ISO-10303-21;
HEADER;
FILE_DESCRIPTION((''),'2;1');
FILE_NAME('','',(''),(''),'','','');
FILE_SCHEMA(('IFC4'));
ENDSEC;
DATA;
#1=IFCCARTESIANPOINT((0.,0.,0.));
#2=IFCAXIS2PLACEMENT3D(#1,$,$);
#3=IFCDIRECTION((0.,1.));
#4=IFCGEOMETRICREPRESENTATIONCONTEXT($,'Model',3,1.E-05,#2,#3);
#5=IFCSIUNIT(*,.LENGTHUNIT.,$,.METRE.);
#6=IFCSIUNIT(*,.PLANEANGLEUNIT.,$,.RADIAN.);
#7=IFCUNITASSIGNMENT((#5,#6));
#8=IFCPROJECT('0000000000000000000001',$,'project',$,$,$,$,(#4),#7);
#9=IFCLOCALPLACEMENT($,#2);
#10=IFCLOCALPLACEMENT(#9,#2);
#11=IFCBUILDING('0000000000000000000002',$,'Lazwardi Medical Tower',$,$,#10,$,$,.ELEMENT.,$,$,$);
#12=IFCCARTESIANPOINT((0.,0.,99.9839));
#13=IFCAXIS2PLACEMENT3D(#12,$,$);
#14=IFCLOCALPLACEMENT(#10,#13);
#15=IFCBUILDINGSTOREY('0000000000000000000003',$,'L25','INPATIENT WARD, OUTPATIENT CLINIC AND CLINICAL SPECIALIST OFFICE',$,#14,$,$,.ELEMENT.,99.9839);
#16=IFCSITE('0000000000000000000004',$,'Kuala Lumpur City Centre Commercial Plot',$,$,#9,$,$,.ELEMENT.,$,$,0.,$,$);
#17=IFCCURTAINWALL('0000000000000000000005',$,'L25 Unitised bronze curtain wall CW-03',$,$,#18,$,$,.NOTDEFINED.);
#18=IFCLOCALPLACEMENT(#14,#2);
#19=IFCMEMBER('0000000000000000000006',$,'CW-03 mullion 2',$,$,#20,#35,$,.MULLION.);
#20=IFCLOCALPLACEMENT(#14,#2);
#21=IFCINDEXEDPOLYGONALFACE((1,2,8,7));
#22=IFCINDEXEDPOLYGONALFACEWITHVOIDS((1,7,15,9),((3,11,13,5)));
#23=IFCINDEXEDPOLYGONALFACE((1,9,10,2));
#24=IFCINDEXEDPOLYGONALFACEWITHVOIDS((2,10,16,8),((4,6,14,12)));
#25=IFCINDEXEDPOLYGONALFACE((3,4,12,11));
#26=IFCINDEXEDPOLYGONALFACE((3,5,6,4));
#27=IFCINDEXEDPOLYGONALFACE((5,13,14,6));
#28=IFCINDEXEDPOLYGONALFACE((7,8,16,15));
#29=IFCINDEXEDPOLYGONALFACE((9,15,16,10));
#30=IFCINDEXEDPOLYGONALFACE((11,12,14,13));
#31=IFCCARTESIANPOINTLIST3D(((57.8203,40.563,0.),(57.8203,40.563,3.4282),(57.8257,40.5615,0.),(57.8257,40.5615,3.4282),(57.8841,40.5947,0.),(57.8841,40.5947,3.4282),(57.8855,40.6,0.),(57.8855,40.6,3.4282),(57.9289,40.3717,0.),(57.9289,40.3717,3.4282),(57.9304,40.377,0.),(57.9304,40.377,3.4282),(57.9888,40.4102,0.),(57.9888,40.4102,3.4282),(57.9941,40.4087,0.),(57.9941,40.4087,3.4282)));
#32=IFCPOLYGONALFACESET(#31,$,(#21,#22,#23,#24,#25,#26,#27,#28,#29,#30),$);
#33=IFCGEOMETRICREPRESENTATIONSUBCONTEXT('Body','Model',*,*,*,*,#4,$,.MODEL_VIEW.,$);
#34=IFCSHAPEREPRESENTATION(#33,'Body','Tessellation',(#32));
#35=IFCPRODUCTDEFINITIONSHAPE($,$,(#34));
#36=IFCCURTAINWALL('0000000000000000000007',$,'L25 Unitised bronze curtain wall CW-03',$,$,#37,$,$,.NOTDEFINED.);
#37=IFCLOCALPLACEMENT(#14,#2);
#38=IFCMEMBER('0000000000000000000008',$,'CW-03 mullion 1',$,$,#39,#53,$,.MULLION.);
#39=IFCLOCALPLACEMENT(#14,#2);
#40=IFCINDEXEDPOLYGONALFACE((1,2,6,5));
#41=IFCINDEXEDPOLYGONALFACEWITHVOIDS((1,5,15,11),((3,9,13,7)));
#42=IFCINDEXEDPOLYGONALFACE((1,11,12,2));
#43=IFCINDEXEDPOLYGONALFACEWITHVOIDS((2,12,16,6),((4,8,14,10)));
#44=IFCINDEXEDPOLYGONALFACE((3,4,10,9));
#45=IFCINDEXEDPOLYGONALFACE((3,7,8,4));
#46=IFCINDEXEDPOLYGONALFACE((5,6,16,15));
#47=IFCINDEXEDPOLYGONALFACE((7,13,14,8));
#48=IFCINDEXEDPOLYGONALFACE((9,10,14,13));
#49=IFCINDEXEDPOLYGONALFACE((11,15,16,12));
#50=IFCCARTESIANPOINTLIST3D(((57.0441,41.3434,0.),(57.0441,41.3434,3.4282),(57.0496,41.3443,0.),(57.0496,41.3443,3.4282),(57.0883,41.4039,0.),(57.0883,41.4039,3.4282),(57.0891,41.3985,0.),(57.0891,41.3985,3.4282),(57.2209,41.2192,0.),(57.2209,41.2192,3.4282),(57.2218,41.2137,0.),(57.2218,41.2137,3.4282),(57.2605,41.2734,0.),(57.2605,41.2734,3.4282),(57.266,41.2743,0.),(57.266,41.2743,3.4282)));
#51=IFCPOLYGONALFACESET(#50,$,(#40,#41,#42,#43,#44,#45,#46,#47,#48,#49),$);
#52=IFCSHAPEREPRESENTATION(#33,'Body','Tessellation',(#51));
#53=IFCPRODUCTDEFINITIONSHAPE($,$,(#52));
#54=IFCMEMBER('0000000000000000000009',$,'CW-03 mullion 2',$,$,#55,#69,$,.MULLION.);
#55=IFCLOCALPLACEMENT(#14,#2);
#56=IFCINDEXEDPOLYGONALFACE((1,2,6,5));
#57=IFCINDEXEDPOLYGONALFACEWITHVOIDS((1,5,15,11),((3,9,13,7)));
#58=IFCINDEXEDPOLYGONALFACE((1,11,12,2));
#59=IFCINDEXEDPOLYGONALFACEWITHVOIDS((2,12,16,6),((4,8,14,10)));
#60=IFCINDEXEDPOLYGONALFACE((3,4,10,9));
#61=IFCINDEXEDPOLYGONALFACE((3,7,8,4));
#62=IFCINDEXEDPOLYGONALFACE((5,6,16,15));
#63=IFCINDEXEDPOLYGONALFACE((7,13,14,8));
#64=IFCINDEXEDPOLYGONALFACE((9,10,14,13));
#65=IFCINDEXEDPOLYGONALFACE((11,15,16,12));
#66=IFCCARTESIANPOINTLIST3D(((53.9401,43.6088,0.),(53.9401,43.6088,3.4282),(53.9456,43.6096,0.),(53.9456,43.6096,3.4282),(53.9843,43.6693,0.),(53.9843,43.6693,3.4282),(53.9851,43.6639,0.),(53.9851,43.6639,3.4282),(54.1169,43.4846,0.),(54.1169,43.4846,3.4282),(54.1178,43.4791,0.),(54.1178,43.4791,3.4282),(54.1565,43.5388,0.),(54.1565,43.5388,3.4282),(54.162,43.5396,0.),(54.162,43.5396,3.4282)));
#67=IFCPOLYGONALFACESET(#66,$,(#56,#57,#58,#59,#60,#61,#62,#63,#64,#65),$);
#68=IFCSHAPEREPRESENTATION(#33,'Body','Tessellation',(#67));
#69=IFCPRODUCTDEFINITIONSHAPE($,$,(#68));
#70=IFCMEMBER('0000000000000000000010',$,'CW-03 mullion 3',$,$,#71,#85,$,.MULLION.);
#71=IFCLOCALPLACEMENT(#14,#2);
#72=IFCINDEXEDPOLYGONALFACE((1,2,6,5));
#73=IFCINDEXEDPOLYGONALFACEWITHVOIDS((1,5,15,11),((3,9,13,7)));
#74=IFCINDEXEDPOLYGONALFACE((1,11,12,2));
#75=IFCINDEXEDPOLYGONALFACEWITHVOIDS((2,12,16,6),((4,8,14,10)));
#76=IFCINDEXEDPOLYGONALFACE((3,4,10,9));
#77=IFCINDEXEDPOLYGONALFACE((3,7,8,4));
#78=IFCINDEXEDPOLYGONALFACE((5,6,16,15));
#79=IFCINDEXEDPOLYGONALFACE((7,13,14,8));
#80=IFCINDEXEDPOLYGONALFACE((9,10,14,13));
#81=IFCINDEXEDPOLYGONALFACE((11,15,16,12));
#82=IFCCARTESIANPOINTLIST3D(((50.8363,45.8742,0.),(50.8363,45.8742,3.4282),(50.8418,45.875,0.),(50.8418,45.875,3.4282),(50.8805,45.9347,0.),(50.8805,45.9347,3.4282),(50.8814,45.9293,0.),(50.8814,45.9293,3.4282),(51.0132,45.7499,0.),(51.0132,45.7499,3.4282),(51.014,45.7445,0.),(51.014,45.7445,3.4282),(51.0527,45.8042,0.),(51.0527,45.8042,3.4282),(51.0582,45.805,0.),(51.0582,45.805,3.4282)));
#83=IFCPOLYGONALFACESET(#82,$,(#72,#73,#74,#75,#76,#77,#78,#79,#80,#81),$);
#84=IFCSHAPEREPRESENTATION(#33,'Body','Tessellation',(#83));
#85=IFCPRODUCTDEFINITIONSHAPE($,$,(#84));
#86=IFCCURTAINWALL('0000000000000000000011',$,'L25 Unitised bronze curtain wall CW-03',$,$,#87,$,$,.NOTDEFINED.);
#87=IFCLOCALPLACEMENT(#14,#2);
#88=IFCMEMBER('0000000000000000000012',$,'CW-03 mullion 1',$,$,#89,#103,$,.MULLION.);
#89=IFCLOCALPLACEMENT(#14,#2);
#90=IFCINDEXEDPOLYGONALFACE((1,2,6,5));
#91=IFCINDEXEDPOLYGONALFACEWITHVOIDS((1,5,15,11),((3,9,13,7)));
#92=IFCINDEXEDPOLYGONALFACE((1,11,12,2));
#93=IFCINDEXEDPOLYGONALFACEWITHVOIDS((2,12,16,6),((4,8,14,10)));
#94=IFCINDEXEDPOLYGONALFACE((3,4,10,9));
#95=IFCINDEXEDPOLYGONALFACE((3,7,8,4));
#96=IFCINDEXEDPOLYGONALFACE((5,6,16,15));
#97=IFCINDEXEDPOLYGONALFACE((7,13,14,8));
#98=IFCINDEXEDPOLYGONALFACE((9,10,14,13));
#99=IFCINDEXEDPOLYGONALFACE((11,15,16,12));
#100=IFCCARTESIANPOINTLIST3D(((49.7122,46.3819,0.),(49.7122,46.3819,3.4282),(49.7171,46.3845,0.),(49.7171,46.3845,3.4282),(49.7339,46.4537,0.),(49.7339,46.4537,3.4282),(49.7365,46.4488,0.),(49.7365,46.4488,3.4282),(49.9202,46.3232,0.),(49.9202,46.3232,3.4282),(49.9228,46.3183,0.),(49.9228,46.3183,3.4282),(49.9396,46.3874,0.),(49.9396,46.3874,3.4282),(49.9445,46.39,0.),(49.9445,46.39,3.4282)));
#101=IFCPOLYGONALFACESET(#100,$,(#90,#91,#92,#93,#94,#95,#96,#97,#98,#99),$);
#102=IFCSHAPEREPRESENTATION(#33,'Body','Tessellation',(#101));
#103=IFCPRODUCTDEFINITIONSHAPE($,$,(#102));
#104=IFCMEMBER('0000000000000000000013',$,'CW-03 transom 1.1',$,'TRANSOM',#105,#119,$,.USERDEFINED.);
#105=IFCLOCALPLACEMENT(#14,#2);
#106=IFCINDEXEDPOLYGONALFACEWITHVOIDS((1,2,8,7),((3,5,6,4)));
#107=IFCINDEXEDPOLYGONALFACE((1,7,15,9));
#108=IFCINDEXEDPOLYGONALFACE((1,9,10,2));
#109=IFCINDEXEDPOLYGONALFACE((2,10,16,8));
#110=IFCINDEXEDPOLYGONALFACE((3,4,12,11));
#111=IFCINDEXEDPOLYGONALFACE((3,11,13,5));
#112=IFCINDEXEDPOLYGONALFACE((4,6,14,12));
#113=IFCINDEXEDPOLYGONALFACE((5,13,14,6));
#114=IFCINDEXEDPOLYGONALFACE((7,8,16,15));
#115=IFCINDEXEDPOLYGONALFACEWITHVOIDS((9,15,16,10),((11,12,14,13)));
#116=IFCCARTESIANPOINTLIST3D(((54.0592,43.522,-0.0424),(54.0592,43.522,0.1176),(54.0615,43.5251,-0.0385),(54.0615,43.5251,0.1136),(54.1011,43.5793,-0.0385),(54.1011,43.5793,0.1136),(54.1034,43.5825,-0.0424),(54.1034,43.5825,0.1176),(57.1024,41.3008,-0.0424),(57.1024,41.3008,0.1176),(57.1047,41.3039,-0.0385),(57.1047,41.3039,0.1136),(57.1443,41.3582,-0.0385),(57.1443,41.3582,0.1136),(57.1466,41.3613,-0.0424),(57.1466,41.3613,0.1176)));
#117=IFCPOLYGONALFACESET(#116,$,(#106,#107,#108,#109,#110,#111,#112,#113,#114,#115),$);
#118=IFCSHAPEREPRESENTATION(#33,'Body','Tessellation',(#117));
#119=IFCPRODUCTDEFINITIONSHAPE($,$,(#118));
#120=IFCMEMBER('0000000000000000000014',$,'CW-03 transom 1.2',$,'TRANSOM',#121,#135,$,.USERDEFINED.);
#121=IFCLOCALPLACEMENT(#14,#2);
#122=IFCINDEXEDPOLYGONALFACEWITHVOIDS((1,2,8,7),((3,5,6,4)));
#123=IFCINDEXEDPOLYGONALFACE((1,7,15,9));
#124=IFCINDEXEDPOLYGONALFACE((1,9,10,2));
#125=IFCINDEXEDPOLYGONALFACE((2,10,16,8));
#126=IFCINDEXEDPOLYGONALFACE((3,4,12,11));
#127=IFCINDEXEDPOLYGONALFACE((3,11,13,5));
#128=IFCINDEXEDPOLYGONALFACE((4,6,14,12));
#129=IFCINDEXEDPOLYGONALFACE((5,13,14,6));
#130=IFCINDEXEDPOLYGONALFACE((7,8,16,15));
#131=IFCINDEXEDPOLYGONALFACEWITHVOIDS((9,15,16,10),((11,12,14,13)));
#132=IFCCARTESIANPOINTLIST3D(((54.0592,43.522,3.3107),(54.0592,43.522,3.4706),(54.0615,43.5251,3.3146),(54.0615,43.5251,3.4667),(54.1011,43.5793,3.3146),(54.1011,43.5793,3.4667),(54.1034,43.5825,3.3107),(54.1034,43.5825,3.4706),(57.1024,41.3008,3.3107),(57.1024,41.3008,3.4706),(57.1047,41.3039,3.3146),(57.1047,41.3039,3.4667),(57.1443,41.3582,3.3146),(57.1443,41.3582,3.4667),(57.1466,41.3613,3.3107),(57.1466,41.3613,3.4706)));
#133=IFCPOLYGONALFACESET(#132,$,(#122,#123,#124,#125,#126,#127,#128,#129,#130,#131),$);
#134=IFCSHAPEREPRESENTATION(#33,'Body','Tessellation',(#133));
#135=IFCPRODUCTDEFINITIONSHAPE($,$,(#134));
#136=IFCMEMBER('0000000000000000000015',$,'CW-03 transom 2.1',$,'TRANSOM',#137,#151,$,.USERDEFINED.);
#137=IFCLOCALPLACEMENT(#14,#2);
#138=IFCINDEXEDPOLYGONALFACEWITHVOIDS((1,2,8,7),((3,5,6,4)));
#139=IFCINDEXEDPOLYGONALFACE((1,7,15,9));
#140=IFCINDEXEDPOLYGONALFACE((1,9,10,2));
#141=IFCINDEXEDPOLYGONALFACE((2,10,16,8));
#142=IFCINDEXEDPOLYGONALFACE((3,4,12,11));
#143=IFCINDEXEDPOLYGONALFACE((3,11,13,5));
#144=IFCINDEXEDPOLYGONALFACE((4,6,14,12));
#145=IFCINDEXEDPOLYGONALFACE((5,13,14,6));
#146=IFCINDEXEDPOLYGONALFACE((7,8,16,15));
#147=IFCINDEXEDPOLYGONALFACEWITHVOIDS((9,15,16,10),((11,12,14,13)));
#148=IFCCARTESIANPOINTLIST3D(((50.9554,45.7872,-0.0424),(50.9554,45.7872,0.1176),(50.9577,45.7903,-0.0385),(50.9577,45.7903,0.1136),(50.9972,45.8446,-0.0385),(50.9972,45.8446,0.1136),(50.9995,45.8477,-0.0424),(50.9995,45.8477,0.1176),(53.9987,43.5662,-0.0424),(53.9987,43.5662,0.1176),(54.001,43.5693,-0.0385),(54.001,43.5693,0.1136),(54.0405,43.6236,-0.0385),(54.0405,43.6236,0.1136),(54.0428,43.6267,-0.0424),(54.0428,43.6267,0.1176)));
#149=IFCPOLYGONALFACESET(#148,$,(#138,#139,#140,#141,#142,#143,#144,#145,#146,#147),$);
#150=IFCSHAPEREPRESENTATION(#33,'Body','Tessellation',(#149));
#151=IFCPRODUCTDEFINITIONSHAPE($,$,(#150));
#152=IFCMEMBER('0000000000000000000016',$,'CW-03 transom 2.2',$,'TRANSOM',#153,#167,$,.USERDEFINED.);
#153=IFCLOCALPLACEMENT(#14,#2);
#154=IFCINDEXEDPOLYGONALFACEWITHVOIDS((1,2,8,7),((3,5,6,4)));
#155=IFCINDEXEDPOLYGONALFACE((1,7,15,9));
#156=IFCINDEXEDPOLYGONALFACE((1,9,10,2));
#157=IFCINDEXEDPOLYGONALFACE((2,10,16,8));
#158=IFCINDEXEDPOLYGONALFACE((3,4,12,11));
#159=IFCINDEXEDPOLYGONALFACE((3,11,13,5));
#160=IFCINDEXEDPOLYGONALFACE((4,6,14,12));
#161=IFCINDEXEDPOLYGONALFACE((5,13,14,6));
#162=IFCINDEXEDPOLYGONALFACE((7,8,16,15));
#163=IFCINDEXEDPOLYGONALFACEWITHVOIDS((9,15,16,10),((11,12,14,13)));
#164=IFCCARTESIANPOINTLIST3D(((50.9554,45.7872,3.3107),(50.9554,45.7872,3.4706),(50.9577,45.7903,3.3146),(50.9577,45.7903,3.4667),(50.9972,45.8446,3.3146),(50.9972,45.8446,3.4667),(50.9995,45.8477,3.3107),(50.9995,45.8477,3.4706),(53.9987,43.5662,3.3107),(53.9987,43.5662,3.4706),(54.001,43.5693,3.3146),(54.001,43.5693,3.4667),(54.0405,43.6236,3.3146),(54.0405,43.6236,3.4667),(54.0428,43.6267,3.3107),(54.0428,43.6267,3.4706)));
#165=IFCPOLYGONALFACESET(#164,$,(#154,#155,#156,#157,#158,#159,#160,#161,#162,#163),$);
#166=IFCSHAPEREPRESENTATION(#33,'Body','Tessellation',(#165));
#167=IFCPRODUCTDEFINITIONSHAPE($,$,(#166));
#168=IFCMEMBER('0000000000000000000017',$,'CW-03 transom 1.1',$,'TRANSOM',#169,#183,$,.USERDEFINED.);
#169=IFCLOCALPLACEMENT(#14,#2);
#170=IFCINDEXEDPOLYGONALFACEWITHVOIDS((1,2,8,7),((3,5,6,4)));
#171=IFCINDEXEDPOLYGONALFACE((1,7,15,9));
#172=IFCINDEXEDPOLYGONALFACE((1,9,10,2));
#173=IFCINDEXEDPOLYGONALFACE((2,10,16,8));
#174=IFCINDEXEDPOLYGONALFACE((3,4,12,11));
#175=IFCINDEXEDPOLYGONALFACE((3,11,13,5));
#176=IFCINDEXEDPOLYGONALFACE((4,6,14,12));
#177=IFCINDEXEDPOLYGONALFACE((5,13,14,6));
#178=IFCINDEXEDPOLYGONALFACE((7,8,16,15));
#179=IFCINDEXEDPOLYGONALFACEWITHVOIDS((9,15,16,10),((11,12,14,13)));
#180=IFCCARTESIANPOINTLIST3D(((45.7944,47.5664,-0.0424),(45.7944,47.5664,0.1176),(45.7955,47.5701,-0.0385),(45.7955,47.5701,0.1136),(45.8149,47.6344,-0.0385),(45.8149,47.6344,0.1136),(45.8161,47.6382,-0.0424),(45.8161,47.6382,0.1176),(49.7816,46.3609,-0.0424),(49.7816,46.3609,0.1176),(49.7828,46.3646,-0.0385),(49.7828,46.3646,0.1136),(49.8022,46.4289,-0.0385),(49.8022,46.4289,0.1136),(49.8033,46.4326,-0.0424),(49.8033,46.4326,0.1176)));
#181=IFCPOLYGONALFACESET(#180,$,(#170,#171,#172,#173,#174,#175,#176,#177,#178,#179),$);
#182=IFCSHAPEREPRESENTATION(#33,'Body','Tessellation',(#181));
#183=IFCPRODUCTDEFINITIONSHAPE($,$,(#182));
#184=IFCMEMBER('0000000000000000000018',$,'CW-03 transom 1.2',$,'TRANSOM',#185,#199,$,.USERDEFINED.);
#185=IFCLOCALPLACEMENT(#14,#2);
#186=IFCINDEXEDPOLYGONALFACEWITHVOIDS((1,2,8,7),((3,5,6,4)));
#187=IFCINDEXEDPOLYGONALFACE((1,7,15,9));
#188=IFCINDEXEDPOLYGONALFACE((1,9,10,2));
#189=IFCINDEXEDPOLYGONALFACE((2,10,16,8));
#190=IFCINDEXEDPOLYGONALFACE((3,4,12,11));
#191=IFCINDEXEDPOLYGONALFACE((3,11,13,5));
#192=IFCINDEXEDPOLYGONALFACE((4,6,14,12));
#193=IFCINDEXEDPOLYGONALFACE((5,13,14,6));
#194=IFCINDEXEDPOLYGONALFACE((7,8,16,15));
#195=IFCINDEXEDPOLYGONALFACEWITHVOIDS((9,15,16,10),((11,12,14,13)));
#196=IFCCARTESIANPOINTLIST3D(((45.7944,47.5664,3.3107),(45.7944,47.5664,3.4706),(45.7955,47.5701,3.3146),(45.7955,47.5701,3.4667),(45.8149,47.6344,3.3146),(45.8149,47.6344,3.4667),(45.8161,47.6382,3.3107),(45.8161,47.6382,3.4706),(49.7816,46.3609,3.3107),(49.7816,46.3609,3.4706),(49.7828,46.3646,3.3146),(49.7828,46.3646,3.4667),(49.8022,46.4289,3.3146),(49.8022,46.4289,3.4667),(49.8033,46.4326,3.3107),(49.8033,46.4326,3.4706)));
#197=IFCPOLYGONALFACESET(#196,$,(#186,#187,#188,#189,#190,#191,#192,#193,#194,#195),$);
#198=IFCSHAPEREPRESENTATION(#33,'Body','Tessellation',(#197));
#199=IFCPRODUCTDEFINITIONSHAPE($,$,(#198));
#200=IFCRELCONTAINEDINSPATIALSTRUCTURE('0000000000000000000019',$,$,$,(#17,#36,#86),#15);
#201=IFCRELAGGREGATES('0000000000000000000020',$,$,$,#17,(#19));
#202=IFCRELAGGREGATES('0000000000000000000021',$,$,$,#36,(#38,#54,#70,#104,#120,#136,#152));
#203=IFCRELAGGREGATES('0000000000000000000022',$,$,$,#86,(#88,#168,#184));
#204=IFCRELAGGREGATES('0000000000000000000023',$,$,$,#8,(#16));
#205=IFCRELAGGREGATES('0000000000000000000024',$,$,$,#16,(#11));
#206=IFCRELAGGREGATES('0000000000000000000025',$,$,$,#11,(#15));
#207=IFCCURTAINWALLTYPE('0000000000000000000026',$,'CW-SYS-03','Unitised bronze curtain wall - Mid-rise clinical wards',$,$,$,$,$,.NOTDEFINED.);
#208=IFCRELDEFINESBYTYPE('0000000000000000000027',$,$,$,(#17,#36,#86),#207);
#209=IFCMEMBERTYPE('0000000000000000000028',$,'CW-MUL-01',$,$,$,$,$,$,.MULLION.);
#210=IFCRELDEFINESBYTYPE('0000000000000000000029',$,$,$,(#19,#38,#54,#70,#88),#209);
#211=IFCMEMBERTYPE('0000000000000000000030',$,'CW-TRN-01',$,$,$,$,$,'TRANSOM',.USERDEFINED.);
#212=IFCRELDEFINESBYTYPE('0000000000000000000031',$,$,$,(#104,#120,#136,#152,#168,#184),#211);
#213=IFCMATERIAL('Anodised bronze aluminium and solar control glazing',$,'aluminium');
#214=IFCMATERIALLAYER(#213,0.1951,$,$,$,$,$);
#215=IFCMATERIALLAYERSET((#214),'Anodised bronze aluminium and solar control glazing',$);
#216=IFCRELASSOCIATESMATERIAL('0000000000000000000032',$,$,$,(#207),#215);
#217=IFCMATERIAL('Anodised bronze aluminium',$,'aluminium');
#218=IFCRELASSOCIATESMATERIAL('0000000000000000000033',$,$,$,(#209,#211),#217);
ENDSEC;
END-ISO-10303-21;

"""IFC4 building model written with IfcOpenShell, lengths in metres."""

from ifc_helpers import new_model, si_unit, direction, frame, origin, origin_2d, place, context, subcontext, project, spatial, hollow_rectangle, extrude, material, layer, layer_set, material_profile, profile_set, type_object, element, aggregate, save


model = new_model("IFC4")

# Units and contexts
model_context = context("Model", 3, precision=1e-05, world=origin(), true_north=direction((0.0, 1.0)))
body_context = subcontext(model_context, "Body", "Model", "MODEL_VIEW")
ifc_project = project(units=[si_unit("LENGTHUNIT", "METRE"), si_unit("PLANEANGLEUNIT", "RADIAN")], contexts=[model_context])

# Site, building, storey
site_placement = place(None, origin())
site = spatial("IfcSite", under=ifc_project, at=site_placement, Name="Kuala Lumpur City Centre Commercial Plot", CompositionType="ELEMENT", RefElevation=0.0)
building_placement = place(site_placement, origin())
building = spatial("IfcBuilding", under=site, at=building_placement, Name="Lazwardi Medical Tower", CompositionType="ELEMENT")
storey_placement = place(building_placement, frame((0.0, 0.0, 99.9839)))
storey = spatial("IfcBuildingStorey", under=building, at=storey_placement, Name="L25", Description="INPATIENT WARD, OUTPATIENT CLINIC AND CLINICAL SPECIALIST OFFICE", CompositionType="ELEMENT", Elevation=99.9839)

# Curtain wall, member
ifc_material_1 = material(Name="Anodised bronze aluminium and solar control glazing", Category="aluminium")
ifc_layer_1 = layer(ifc_material_1, 0.1951)
ifc_layer_set_1 = layer_set([ifc_layer_1], Name="Anodised bronze aluminium and solar control glazing")
curtain_wall_type = type_object("IfcCurtainWallType", Name="CW-SYS-03", Description="Unitised bronze curtain wall - Mid-rise clinical wards", PredefinedType="NOTDEFINED", material=ifc_layer_set_1)
curtain_wall_1_placement = place(storey_placement, origin())
curtain_wall_1 = element("IfcCurtainWall", 1, at=curtain_wall_1_placement, inside=storey, type_object=curtain_wall_type, Name="L25 Unitised bronze curtain wall CW-03", PredefinedType="NOTDEFINED")
ifc_material_2 = material(Name="Anodised bronze aluminium", Category="aluminium")
ifc_material_profile_1 = material_profile(ifc_material_2, hollow_rectangle(XDim=0.075, YDim=0.22, WallThickness=0.0039, at=origin_2d()), Name="ALU-MULLION 220x75x4")
ifc_profile_set_1 = profile_set([ifc_material_profile_1], Name="Anodised bronze aluminium")
member_type_1 = type_object("IfcMemberType", Name="CW-MUL-01", PredefinedType="MULLION", material=ifc_profile_set_1)
member_1_placement = place(storey_placement, frame((57.9072, 40.4858, 0.0), z_axis=(0.0, 0.0, 1.0), x_axis=(-0.869687, -0.493603, 0.0)))
member_1 = element("IfcMember", 2, at=member_1_placement, type_object=member_type_1, Name="CW-03 mullion 2", PredefinedType="MULLION", context=body_context, shape_type="SweptSolid", body=[
    extrude(hollow_rectangle(XDim=0.075, YDim=0.22, WallThickness=0.0039, at=origin_2d()), origin(), (0.0, 0.0, 1.0), 3.4282),
])
aggregate(curtain_wall_1, [member_1])

# Curtain wall, members
curtain_wall_2_placement = place(storey_placement, origin())
curtain_wall_2 = element("IfcCurtainWall", 3, at=curtain_wall_2_placement, inside=storey, type_object=curtain_wall_type, Name="L25 Unitised bronze curtain wall CW-03", PredefinedType="NOTDEFINED")
member_2_placement = place(storey_placement, frame((57.155, 41.3088, 0.0), z_axis=(0.0, 0.0, 1.0), x_axis=(-0.589531, -0.807746, 0.0)))
member_2 = element("IfcMember", 4, at=member_2_placement, type_object=member_type_1, Name="CW-03 mullion 1", PredefinedType="MULLION", context=body_context, shape_type="SweptSolid", body=[
    extrude(hollow_rectangle(XDim=0.075, YDim=0.22, WallThickness=0.0039, at=origin_2d()), origin(), (0.0, 0.0, 1.0), 3.4282),
])
member_3_placement = place(storey_placement, frame((54.051, 43.5742, 0.0), z_axis=(0.0, 0.0, 1.0), x_axis=(-0.589531, -0.807746, 0.0)))
member_3 = element("IfcMember", 5, at=member_3_placement, type_object=member_type_1, Name="CW-03 mullion 2", PredefinedType="MULLION", context=body_context, shape_type="SweptSolid", body=[
    extrude(hollow_rectangle(XDim=0.075, YDim=0.22, WallThickness=0.0039, at=origin_2d()), origin(), (0.0, 0.0, 1.0), 3.4282),
])
member_4_placement = place(storey_placement, frame((50.9473, 45.8396, 0.0), z_axis=(0.0, 0.0, 1.0), x_axis=(-0.589531, -0.807746, 0.0)))
member_4 = element("IfcMember", 6, at=member_4_placement, type_object=member_type_1, Name="CW-03 mullion 3", PredefinedType="MULLION", context=body_context, shape_type="SweptSolid", body=[
    extrude(hollow_rectangle(XDim=0.075, YDim=0.22, WallThickness=0.0039, at=origin_2d()), origin(), (0.0, 0.0, 1.0), 3.4282),
])

# Curtain wall, member
curtain_wall_3_placement = place(storey_placement, origin())
curtain_wall_3 = element("IfcCurtainWall", 7, at=curtain_wall_3_placement, inside=storey, type_object=curtain_wall_type, Name="L25 Unitised bronze curtain wall CW-03", PredefinedType="NOTDEFINED")
member_5_placement = place(storey_placement, frame((49.8284, 46.386, 0.0), z_axis=(0.0, 0.0, 1.0), x_axis=(-0.289374, -0.957216, 0.0)))
member_5 = element("IfcMember", 8, at=member_5_placement, type_object=member_type_1, Name="CW-03 mullion 1", PredefinedType="MULLION", context=body_context, shape_type="SweptSolid", body=[
    extrude(hollow_rectangle(XDim=0.075, YDim=0.22, WallThickness=0.0039, at=origin_2d()), origin(), (0.0, 0.0, 1.0), 3.4282),
])

# Members
ifc_material_profile_2 = material_profile(ifc_material_2, hollow_rectangle(XDim=0.075, YDim=0.1599, WallThickness=0.0039, at=origin_2d()), Name="ALU-TRANSOM 160x75x4")
ifc_profile_set_2 = profile_set([ifc_material_profile_2], Name="Anodised bronze aluminium")
member_type_2 = type_object("IfcMemberType", Name="CW-TRN-01", ElementType="TRANSOM", PredefinedType="USERDEFINED", material=ifc_profile_set_2)
member_6_placement = place(storey_placement, frame((57.1245, 41.3311, 0.0376), z_axis=(-0.807732, 0.58955, 0.0), x_axis=(-0.58955, -0.807732, 0.0)))
member_6 = element("IfcMember", 9, at=member_6_placement, type_object=member_type_2, Name="CW-03 transom 1.1", ObjectType="TRANSOM", PredefinedType="USERDEFINED", context=body_context, shape_type="SweptSolid", body=[
    extrude(hollow_rectangle(XDim=0.075, YDim=0.1599, WallThickness=0.0039, at=origin_2d()), origin(), (0.0, 0.0, 1.0), 3.7676),
])
member_7_placement = place(storey_placement, frame((57.1245, 41.3311, 3.3906), z_axis=(-0.807732, 0.58955, 0.0), x_axis=(-0.58955, -0.807732, 0.0)))
member_7 = element("IfcMember", 10, at=member_7_placement, type_object=member_type_2, Name="CW-03 transom 1.2", ObjectType="TRANSOM", PredefinedType="USERDEFINED", context=body_context, shape_type="SweptSolid", body=[
    extrude(hollow_rectangle(XDim=0.075, YDim=0.1599, WallThickness=0.0039, at=origin_2d()), origin(), (0.0, 0.0, 1.0), 3.7676),
])
member_8_placement = place(storey_placement, frame((54.0208, 43.5964, 0.0376), z_axis=(-0.807763, 0.589508, 0.0), x_axis=(-0.589508, -0.807763, 0.0)))
member_8 = element("IfcMember", 11, at=member_8_placement, type_object=member_type_2, Name="CW-03 transom 2.1", ObjectType="TRANSOM", PredefinedType="USERDEFINED", context=body_context, shape_type="SweptSolid", body=[
    extrude(hollow_rectangle(XDim=0.075, YDim=0.1599, WallThickness=0.0039, at=origin_2d()), origin(), (0.0, 0.0, 1.0), 3.7676),
])
member_9_placement = place(storey_placement, frame((54.0208, 43.5964, 3.3906), z_axis=(-0.807763, 0.589508, 0.0), x_axis=(-0.589508, -0.807763, 0.0)))
member_9 = element("IfcMember", 12, at=member_9_placement, type_object=member_type_2, Name="CW-03 transom 2.2", ObjectType="TRANSOM", PredefinedType="USERDEFINED", context=body_context, shape_type="SweptSolid", body=[
    extrude(hollow_rectangle(XDim=0.075, YDim=0.1599, WallThickness=0.0039, at=origin_2d()), origin(), (0.0, 0.0, 1.0), 3.7676),
])
member_10_placement = place(storey_placement, frame((49.7925, 46.3967, 0.0376), z_axis=(-0.957205, 0.289412, 0.0), x_axis=(-0.289412, -0.957205, 0.0)))
member_10 = element("IfcMember", 13, at=member_10_placement, type_object=member_type_2, Name="CW-03 transom 1.1", ObjectType="TRANSOM", PredefinedType="USERDEFINED", context=body_context, shape_type="SweptSolid", body=[
    extrude(hollow_rectangle(XDim=0.075, YDim=0.1599, WallThickness=0.0039, at=origin_2d()), origin(), (0.0, 0.0, 1.0), 4.1655),
])
member_11_placement = place(storey_placement, frame((49.7925, 46.3967, 3.3906), z_axis=(-0.957205, 0.289412, 0.0), x_axis=(-0.289412, -0.957205, 0.0)))
member_11 = element("IfcMember", 14, at=member_11_placement, type_object=member_type_2, Name="CW-03 transom 1.2", ObjectType="TRANSOM", PredefinedType="USERDEFINED", context=body_context, shape_type="SweptSolid", body=[
    extrude(hollow_rectangle(XDim=0.075, YDim=0.1599, WallThickness=0.0039, at=origin_2d()), origin(), (0.0, 0.0, 1.0), 4.1655),
])

aggregate(curtain_wall_2, [member_2, member_3, member_4, member_6, member_7, member_8, member_9])
aggregate(curtain_wall_3, [member_5, member_10, member_11])

save(model, "model.ifc")
